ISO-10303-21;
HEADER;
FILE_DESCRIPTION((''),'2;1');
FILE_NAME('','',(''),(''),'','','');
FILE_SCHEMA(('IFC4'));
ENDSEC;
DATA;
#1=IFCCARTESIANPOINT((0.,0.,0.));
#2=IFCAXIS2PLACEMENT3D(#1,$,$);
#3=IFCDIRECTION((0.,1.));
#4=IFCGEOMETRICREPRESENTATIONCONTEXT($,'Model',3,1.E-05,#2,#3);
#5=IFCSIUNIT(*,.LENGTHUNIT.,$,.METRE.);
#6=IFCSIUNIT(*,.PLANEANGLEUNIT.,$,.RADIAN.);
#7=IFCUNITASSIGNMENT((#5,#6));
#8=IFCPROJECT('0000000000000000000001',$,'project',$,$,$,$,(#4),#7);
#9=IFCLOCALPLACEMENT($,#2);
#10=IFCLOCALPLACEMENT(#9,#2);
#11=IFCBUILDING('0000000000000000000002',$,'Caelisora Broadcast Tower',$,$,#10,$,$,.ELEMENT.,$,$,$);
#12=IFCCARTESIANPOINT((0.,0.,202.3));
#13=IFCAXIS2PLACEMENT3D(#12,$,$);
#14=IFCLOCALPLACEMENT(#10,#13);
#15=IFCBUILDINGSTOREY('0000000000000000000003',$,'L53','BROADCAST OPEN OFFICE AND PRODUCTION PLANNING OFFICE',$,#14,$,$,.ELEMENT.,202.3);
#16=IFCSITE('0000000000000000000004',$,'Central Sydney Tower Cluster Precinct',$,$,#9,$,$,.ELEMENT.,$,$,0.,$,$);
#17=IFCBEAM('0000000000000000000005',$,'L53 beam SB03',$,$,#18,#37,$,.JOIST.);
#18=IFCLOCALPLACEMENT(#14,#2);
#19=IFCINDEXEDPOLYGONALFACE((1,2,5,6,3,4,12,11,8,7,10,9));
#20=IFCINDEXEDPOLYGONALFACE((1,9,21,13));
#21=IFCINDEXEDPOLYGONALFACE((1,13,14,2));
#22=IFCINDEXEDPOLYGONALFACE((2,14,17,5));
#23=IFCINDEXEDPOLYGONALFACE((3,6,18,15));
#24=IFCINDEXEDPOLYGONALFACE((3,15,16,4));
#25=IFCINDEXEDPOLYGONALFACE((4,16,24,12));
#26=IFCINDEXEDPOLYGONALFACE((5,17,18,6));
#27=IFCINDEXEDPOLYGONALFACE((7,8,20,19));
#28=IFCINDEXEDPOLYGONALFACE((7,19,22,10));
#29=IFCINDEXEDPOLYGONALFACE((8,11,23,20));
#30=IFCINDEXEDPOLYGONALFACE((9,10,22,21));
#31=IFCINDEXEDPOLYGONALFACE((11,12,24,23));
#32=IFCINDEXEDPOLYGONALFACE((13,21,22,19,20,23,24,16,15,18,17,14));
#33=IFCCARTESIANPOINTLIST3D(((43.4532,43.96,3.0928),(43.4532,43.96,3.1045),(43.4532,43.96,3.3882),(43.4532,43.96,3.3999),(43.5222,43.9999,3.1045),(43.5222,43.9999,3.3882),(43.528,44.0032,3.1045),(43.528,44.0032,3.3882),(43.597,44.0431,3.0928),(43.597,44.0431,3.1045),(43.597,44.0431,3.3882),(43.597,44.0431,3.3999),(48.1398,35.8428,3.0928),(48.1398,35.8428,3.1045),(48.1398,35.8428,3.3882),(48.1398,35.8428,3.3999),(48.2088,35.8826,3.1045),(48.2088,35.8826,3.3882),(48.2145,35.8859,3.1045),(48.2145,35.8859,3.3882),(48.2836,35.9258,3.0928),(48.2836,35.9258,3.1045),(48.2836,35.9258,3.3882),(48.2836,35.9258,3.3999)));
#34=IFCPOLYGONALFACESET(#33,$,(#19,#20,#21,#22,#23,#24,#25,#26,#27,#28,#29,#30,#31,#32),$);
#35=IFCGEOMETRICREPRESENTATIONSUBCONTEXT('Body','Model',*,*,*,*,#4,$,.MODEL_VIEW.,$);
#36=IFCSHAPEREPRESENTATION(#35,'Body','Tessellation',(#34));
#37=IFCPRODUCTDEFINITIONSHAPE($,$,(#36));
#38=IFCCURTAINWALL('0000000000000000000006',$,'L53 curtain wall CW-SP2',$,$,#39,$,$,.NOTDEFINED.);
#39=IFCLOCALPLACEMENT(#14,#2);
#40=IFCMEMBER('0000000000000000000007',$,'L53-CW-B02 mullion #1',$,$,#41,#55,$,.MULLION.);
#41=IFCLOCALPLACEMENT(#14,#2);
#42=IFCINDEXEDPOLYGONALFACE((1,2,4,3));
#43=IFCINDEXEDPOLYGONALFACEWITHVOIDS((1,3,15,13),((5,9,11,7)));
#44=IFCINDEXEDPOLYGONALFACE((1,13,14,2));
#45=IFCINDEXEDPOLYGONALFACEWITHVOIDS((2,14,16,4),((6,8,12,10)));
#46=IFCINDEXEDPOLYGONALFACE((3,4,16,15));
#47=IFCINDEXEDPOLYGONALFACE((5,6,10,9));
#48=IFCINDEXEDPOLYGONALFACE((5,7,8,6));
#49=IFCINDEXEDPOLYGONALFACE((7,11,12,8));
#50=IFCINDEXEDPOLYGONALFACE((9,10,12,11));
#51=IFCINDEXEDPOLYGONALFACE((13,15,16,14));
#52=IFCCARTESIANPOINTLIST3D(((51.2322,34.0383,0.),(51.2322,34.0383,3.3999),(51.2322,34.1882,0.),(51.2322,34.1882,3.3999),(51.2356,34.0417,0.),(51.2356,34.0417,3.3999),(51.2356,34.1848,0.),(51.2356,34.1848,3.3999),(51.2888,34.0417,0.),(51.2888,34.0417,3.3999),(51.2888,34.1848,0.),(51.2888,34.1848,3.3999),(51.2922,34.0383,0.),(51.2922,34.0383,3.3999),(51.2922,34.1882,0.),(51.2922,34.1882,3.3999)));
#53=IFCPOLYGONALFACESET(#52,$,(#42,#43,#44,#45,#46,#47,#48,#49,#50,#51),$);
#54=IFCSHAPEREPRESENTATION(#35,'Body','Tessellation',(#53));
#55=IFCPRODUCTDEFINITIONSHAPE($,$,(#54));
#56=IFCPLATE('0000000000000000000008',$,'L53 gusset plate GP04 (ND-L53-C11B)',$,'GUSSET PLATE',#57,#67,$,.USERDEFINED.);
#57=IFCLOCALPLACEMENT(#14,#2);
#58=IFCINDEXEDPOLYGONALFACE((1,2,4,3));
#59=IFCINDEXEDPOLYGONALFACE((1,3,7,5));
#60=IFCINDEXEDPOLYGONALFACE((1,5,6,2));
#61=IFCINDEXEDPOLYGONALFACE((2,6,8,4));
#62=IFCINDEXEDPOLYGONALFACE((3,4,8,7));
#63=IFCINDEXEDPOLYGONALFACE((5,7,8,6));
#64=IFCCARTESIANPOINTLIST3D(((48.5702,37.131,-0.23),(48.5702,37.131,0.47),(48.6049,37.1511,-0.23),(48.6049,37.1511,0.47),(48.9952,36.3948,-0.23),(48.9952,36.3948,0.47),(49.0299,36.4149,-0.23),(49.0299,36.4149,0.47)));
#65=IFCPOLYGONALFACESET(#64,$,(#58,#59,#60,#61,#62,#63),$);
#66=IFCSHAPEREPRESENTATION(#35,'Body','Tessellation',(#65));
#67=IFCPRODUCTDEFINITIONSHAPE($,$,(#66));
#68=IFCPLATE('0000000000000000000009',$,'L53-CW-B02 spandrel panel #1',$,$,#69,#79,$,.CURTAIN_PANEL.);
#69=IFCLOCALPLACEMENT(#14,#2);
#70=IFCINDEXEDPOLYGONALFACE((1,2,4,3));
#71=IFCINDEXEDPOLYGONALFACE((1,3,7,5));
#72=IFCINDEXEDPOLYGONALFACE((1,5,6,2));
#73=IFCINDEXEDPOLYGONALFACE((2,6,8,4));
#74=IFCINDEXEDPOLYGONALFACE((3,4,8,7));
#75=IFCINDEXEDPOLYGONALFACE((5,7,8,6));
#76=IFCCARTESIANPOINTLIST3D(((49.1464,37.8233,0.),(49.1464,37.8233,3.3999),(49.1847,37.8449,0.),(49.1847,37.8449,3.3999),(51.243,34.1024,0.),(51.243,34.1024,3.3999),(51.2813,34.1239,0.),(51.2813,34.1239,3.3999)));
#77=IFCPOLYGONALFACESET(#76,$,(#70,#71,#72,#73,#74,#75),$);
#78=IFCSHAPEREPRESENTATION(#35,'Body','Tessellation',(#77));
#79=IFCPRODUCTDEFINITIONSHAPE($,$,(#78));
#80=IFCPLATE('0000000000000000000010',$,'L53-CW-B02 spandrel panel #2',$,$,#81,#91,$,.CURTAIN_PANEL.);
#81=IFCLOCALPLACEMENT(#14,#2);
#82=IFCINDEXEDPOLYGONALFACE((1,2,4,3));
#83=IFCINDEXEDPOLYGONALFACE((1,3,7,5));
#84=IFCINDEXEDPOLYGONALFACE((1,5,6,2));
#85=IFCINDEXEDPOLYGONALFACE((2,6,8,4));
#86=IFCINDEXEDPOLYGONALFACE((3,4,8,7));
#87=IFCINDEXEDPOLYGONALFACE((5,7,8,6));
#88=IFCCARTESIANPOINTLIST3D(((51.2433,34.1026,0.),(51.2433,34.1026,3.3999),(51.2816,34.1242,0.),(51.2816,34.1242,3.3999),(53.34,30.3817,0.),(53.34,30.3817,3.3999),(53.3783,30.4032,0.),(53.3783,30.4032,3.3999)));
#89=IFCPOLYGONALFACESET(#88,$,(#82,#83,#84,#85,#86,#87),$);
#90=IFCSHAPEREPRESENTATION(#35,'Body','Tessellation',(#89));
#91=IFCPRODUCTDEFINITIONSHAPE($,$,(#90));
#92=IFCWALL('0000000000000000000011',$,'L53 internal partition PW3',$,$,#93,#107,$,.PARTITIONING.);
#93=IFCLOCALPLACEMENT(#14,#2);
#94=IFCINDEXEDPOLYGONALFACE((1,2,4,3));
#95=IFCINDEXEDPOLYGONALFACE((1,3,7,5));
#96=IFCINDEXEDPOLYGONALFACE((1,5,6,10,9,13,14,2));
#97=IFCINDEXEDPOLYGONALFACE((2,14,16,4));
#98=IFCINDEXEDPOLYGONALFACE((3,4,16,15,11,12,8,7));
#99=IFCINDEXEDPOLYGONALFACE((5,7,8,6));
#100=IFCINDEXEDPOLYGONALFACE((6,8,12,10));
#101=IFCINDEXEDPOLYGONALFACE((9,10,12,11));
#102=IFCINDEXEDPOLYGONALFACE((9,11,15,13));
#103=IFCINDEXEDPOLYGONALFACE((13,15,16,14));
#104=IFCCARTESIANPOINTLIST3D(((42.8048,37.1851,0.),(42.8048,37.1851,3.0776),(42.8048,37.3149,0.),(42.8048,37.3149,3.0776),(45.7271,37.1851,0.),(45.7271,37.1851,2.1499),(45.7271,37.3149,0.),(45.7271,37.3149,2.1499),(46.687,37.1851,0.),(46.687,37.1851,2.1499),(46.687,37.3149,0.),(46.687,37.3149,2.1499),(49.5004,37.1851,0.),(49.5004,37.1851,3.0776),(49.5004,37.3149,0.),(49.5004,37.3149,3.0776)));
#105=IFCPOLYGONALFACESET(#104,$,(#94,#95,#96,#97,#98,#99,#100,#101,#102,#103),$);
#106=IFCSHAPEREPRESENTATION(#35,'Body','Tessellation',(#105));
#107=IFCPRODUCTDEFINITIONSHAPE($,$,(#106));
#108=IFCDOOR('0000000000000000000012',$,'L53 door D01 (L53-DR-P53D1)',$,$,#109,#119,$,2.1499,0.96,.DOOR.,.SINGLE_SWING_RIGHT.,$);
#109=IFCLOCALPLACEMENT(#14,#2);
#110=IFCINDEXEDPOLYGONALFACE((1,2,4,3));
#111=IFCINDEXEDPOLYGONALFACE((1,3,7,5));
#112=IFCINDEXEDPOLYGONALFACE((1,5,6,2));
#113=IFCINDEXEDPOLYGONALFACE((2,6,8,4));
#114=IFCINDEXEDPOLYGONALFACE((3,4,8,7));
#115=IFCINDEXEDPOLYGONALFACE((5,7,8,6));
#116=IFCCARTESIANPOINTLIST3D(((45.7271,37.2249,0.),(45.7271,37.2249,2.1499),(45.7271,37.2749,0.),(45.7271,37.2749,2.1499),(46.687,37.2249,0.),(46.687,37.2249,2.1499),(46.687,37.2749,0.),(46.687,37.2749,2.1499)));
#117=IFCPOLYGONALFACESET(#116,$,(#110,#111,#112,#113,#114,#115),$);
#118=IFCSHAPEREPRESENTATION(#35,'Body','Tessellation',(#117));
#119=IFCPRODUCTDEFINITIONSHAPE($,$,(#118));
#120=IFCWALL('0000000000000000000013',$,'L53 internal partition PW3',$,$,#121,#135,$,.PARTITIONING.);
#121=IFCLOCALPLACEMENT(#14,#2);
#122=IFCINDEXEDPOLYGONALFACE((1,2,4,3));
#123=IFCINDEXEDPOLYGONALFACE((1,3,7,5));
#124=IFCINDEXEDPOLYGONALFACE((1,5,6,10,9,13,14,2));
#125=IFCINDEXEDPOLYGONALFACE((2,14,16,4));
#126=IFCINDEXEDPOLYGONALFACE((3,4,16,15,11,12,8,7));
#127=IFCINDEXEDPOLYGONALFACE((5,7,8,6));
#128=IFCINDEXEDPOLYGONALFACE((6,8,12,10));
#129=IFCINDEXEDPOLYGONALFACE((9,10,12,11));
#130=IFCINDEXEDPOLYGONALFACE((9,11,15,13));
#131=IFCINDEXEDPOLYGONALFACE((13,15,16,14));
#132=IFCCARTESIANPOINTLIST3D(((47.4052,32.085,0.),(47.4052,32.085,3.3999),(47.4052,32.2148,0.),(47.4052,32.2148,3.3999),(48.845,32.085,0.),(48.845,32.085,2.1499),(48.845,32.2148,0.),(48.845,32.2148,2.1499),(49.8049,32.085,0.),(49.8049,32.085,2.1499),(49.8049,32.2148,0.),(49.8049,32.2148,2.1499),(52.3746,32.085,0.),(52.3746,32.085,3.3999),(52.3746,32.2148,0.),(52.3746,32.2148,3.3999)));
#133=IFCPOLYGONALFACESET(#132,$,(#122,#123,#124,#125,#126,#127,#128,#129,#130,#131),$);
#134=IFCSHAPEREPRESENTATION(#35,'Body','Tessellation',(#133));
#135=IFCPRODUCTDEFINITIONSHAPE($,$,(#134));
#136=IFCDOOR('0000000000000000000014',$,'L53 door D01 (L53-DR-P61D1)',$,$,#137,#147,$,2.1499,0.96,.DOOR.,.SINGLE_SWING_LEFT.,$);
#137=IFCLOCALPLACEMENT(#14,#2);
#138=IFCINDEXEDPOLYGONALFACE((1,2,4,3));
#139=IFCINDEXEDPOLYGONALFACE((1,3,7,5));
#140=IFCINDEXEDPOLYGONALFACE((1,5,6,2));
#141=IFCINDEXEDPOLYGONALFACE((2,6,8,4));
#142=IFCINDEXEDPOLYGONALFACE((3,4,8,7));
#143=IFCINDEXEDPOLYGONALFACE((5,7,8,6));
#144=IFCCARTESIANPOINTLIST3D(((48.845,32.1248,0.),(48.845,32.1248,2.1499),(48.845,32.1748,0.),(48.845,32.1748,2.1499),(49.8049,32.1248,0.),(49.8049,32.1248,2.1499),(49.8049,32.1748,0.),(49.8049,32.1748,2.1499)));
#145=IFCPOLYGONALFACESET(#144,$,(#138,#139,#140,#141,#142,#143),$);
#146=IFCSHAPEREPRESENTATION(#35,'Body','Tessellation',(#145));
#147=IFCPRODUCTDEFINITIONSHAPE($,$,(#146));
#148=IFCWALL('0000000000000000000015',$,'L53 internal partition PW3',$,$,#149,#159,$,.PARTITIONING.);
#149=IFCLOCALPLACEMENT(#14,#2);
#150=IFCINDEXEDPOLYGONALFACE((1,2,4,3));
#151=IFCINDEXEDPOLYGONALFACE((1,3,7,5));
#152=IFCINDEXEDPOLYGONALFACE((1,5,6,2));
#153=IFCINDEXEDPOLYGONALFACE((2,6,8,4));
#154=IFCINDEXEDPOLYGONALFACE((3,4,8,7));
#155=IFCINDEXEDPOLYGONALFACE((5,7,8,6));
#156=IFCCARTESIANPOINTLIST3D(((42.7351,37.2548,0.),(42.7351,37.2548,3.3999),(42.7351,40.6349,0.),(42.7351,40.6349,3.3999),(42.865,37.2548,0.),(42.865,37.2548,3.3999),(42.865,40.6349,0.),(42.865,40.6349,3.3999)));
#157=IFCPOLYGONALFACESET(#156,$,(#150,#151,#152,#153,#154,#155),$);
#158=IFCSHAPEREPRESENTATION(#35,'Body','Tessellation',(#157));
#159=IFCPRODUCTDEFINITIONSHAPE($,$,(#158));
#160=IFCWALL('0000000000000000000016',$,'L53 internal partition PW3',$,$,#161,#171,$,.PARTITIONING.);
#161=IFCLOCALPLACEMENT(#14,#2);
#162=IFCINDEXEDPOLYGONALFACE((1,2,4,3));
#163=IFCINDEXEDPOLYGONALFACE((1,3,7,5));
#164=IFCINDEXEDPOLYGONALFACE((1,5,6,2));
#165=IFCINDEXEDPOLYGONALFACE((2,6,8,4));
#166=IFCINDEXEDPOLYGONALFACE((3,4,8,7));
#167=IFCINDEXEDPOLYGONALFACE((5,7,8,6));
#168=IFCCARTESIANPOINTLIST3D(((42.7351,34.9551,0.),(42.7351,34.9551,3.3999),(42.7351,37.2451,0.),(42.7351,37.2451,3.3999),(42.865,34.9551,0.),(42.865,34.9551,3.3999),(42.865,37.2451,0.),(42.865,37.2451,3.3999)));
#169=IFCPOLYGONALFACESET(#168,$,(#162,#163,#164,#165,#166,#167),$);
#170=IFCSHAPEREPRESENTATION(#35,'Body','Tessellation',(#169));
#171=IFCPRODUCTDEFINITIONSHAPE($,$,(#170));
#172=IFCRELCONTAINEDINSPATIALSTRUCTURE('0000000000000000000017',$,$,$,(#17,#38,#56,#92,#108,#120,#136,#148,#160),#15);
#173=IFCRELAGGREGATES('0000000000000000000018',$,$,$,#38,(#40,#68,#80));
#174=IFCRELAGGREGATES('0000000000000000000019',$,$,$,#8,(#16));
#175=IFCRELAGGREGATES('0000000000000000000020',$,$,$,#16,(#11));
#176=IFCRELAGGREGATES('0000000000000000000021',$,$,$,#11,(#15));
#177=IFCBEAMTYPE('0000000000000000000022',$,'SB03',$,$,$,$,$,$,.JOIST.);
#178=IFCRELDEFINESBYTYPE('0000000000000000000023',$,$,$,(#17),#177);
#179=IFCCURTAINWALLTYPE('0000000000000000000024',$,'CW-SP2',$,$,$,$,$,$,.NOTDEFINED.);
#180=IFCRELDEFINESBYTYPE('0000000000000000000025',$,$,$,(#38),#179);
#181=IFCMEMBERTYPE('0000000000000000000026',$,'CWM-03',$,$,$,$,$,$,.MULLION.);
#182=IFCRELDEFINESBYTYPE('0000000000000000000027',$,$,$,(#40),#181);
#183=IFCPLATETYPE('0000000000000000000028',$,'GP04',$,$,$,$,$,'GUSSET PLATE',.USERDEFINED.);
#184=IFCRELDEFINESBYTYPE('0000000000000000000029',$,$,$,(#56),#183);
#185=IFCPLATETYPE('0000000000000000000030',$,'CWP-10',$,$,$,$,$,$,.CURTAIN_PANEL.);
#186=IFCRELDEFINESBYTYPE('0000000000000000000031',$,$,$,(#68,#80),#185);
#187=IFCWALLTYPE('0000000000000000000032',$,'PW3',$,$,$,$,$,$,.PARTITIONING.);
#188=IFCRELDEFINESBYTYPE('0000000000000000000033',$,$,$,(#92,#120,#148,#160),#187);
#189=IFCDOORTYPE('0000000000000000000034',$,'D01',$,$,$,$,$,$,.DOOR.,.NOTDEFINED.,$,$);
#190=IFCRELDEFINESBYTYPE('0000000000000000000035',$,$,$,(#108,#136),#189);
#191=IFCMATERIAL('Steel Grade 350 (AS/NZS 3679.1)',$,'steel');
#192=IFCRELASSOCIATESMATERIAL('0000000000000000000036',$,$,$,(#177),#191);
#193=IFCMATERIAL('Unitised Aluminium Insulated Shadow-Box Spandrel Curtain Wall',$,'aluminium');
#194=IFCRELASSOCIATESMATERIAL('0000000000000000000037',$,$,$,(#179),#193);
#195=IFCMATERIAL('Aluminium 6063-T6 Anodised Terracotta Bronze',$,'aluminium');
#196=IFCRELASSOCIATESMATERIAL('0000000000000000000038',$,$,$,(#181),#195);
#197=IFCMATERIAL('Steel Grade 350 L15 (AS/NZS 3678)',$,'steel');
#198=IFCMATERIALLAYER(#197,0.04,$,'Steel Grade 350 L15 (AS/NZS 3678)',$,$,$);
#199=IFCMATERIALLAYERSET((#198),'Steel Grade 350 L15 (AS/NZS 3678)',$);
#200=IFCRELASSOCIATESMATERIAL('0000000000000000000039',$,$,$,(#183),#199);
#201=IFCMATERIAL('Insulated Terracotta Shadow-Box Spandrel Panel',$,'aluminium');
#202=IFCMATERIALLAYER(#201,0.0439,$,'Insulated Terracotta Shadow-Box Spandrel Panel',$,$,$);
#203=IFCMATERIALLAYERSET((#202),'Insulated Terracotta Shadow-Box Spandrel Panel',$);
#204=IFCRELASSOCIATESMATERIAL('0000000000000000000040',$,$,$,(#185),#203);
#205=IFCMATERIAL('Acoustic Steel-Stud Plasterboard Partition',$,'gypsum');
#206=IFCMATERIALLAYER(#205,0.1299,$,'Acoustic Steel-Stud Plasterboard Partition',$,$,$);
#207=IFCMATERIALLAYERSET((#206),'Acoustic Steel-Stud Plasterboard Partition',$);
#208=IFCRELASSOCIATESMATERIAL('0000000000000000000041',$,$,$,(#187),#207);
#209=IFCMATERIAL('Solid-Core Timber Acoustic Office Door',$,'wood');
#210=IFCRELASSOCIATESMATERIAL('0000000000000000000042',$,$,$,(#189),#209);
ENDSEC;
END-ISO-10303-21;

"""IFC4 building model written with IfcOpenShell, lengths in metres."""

from ifc_helpers import new_model, si_unit, direction, frame, frame_2d, origin, origin_2d, place, context, subcontext, project, spatial, rectangle, hollow_rectangle, i_section, extrude, source, transform, mapped, material, layer, layer_set, material_profile, profile_set, type_object, type_shapes, element, fill, aggregate, save


model = new_model("IFC4")

# Units and contexts
model_context = context("Model", 3, precision=1e-05, world=origin(), true_north=direction((0.0, 1.0)))
body_context = subcontext(model_context, "Body", "Model", "MODEL_VIEW")
ifc_project = project(units=[si_unit("LENGTHUNIT", "METRE"), si_unit("PLANEANGLEUNIT", "RADIAN")], contexts=[model_context])

# Site, building, storey
site_placement = place(None, origin())
site = spatial("IfcSite", under=ifc_project, at=site_placement, Name="Central Sydney Tower Cluster Precinct", CompositionType="ELEMENT", RefElevation=0.0)
building_placement = place(site_placement, origin())
building = spatial("IfcBuilding", under=site, at=building_placement, Name="Caelisora Broadcast Tower", CompositionType="ELEMENT")
storey_placement = place(building_placement, frame((0.0, 0.0, 202.3)))
storey = spatial("IfcBuildingStorey", under=building, at=storey_placement, Name="L53", Description="BROADCAST OPEN OFFICE AND PRODUCTION PLANNING OFFICE", CompositionType="ELEMENT", Elevation=202.3)

# Shared definitions
ifc_material_1 = material(Name="Steel Grade 350 L15 (AS/NZS 3678)", Category="steel")

# Beam
ifc_material_2 = material(Name="Steel Grade 350 (AS/NZS 3679.1)", Category="steel")
ifc_material_profile_1 = material_profile(ifc_material_2, i_section(OverallWidth=0.166, OverallDepth=0.3071, WebThickness=0.0066, FlangeThickness=0.0117, at=origin_2d()), Name="Steel Grade 350 (AS/NZS 3679.1)")
ifc_profile_set_1 = profile_set([ifc_material_profile_1], Name="Steel Grade 350 (AS/NZS 3679.1)")
beam_type_1 = type_object("IfcBeamType", Name="SB03", PredefinedType="JOIST", material=ifc_profile_set_1)
shared_shape_1 = source(origin(), body_context, "Body", "SweptSolid", [
    extrude(i_section(OverallWidth=0.166, OverallDepth=0.3071, WebThickness=0.0066, FlangeThickness=0.0117, at=origin_2d()), origin(), (0.0, 0.0, 1.0), 9.373),
])
beam_1_placement = place(storey_placement, frame((48.2117, 35.8843, 3.2463), z_axis=(-0.500005, 0.866022, 0.0), x_axis=(-0.866022, -0.500005, 0.0)))
element("IfcBeam", 1, at=beam_1_placement, inside=storey, type_object=beam_type_1, Name="L53 beam SB03", PredefinedType="JOIST", context=body_context, shape_type="MappedRepresentation", body=[
    mapped(shared_shape_1, transform((0.0, 0.0, 0.0), scale=1.0)),
])

# Curtain wall, member
ifc_material_3 = material(Name="Unitised Aluminium Insulated Shadow-Box Spandrel Curtain Wall", Category="aluminium")
curtain_wall_type = type_object("IfcCurtainWallType", Name="CW-SP2", PredefinedType="NOTDEFINED", material=ifc_material_3)
curtain_wall_placement = place(storey_placement, origin())
curtain_wall = element("IfcCurtainWall", 2, at=curtain_wall_placement, inside=storey, type_object=curtain_wall_type, Name="L53 curtain wall CW-SP2", PredefinedType="NOTDEFINED")
ifc_material_4 = material(Name="Aluminium 6063-T6 Anodised Terracotta Bronze", Category="aluminium")
ifc_material_profile_2 = material_profile(ifc_material_4, hollow_rectangle(XDim=0.0601, YDim=0.1499, WallThickness=0.0034, at=origin_2d()), Name="Aluminium 6063-T6 Anodised Terracotta Bronze")
ifc_profile_set_2 = profile_set([ifc_material_profile_2], Name="Aluminium 6063-T6 Anodised Terracotta Bronze")
member_type = type_object("IfcMemberType", Name="CWM-03", PredefinedType="MULLION", material=ifc_profile_set_2)
shared_shape_2 = source(origin(), body_context, "Body", "SweptSolid", [
    extrude(hollow_rectangle(XDim=0.0601, YDim=0.1499, WallThickness=0.0034, at=origin_2d()), origin(), (0.0, 0.0, 1.0), 3.3999),
])
type_shapes(member_type, [shared_shape_2])
member_placement = place(storey_placement, frame((51.2622, 34.1133, 0.0), z_axis=(0.0, 0.0, 1.0), x_axis=(1.0, 0.0, 0.0)))
member = element("IfcMember", 3, at=member_placement, type_object=member_type, Name="L53-CW-B02 mullion #1", PredefinedType="MULLION", context=body_context, shape_type="MappedRepresentation", body=[
    mapped(shared_shape_2, transform((0.0, 0.0, 0.0), scale=1.0)),
])

# Plates
ifc_layer_1 = layer(ifc_material_1, 0.04, Name="Steel Grade 350 L15 (AS/NZS 3678)")
ifc_layer_set_1 = layer_set([ifc_layer_1], Name="Steel Grade 350 L15 (AS/NZS 3678)")
plate_type_1 = type_object("IfcPlateType", Name="GP04", ElementType="GUSSET PLATE", PredefinedType="USERDEFINED", material=ifc_layer_set_1)
shared_shape_3 = source(origin(), body_context, "Body", "SweptSolid", [
    extrude(rectangle(XDim=0.8501, YDim=0.04, at=origin_2d()), origin(), (0.0, 0.0, 1.0), 0.7),
])
type_shapes(plate_type_1, [shared_shape_3])
plate_1_placement = place(storey_placement, frame((48.8, 36.7729, -0.23), z_axis=(0.0, 0.0, 1.0), x_axis=(-0.5, 0.866025, 0.0)))
element("IfcPlate", 4, at=plate_1_placement, inside=storey, type_object=plate_type_1, Name="L53 gusset plate GP04 (ND-L53-C11B)", ObjectType="GUSSET PLATE", PredefinedType="USERDEFINED", context=body_context, shape_type="MappedRepresentation", body=[
    mapped(shared_shape_3, transform((0.0, 0.0, 0.0), scale=1.0)),
])
ifc_material_5 = material(Name="Insulated Terracotta Shadow-Box Spandrel Panel", Category="aluminium")
ifc_layer_2 = layer(ifc_material_5, 0.0439, Name="Insulated Terracotta Shadow-Box Spandrel Panel")
ifc_layer_set_2 = layer_set([ifc_layer_2], Name="Insulated Terracotta Shadow-Box Spandrel Panel")
plate_type_2 = type_object("IfcPlateType", Name="CWP-10", PredefinedType="CURTAIN_PANEL", material=ifc_layer_set_2)
shared_shape_4 = source(origin(), body_context, "Body", "SweptSolid", [
    extrude(rectangle(XDim=4.271, YDim=0.0439, at=origin_2d()), origin(), (0.0, 0.0, 1.0), 3.3999),
])
type_shapes(plate_type_2, [shared_shape_4])
plate_2_placement = place(storey_placement, frame((50.2139, 35.9736, 0.0), z_axis=(0.0, 0.0, 1.0), x_axis=(0.490904, -0.871214, 0.0)))
plate_2 = element("IfcPlate", 5, at=plate_2_placement, type_object=plate_type_2, Name="L53-CW-B02 spandrel panel #1", PredefinedType="CURTAIN_PANEL", context=body_context, shape_type="MappedRepresentation", body=[
    mapped(shared_shape_4, transform((0.0, 0.0, 0.0), scale=1.0)),
])
plate_3_placement = place(storey_placement, frame((52.3108, 32.2529, 0.0), z_axis=(0.0, 0.0, 1.0), x_axis=(0.490904, -0.871214, 0.0)))
plate_3 = element("IfcPlate", 6, at=plate_3_placement, type_object=plate_type_2, Name="L53-CW-B02 spandrel panel #2", PredefinedType="CURTAIN_PANEL", context=body_context, shape_type="MappedRepresentation", body=[
    mapped(shared_shape_4, transform((0.0, 0.0, 0.0), scale=1.0)),
])
aggregate(curtain_wall, [member, plate_2, plate_3])

# Walls, openings, doors
ifc_material_6 = material(Name="Acoustic Steel-Stud Plasterboard Partition", Category="gypsum")
ifc_layer_3 = layer(ifc_material_6, 0.1299, Name="Acoustic Steel-Stud Plasterboard Partition")
ifc_layer_set_3 = layer_set([ifc_layer_3], Name="Acoustic Steel-Stud Plasterboard Partition")
wall_type_1 = type_object("IfcWallType", Name="PW3", PredefinedType="PARTITIONING", material=ifc_layer_set_3)
wall_1_placement = place(storey_placement, frame((42.8049, 37.25, 0.0), z_axis=(0.0, 0.0, 1.0), x_axis=(1.0, 0.0, 0.0)))
wall_1 = element("IfcWall", 7, at=wall_1_placement, inside=storey, type_object=wall_type_1, Name="L53 internal partition PW3", PredefinedType="PARTITIONING", context=body_context, shape_type="SweptSolid", body=[
    extrude(rectangle(XDim=6.6956, YDim=0.1299, at=frame_2d((3.3477, 0.0))), origin(), (0.0, 0.0, 1.0), 3.0776),
])
opening_1_placement = place(wall_1_placement, frame((2.9221, 0.0, 0.0)))
opening_1 = element("IfcOpeningElement", 8, at=opening_1_placement, cuts=wall_1, PredefinedType="OPENING", context=body_context, shape_type="SweptSolid", body=[
    extrude(rectangle(XDim=0.96, YDim=2.1499, at=frame_2d((0.48, 1.075))), frame((0.0, 0.0769, 0.0), z_axis=(0.0, -1.0, 0.0), x_axis=(1.0, 0.0, 0.0)), (0.0, 0.0, 1.0), 0.1538),
])
ifc_material_7 = material(Name="Solid-Core Timber Acoustic Office Door", Category="wood")
door_type = type_object("IfcDoorType", Name="D01", OperationType="NOTDEFINED", PredefinedType="DOOR", material=ifc_material_7)
door_1_placement = place(opening_1_placement, origin())
door_1 = element("IfcDoor", 9, at=door_1_placement, inside=storey, type_object=door_type, Name="L53 door D01 (L53-DR-P53D1)", OperationType="SINGLE_SWING_RIGHT", OverallHeight=2.1499, OverallWidth=0.96, PredefinedType="DOOR", context=body_context, shape_type="SweptSolid", body=[
    extrude(rectangle(XDim=0.96, YDim=2.1499, at=frame_2d((0.48, 1.075))), frame((0.0, 0.0249, 0.0), z_axis=(0.0, -1.0, 0.0), x_axis=(1.0, 0.0, 0.0)), (0.0, 0.0, 1.0), 0.05),
])
fill(opening_1, door_1)
wall_2_placement = place(storey_placement, frame((47.405, 32.1499, 0.0), z_axis=(0.0, 0.0, 1.0), x_axis=(1.0, 0.0, 0.0)))
wall_2 = element("IfcWall", 10, at=wall_2_placement, inside=storey, type_object=wall_type_1, Name="L53 internal partition PW3", PredefinedType="PARTITIONING", context=body_context, shape_type="SweptSolid", body=[
    extrude(rectangle(XDim=4.9695, YDim=0.1299, at=frame_2d((2.4849, 0.0))), origin(), (0.0, 0.0, 1.0), 3.3999),
])
opening_2_placement = place(wall_2_placement, frame((1.4399, 0.0, 0.0)))
opening_2 = element("IfcOpeningElement", 11, at=opening_2_placement, cuts=wall_2, PredefinedType="OPENING", context=body_context, shape_type="SweptSolid", body=[
    extrude(rectangle(XDim=0.96, YDim=2.1499, at=frame_2d((0.48, 1.075))), frame((0.0, 0.0769, 0.0), z_axis=(0.0, -1.0, 0.0), x_axis=(1.0, 0.0, 0.0)), (0.0, 0.0, 1.0), 0.1538),
])
door_2_placement = place(opening_2_placement, origin())
door_2 = element("IfcDoor", 12, at=door_2_placement, inside=storey, type_object=door_type, Name="L53 door D01 (L53-DR-P61D1)", OperationType="SINGLE_SWING_LEFT", OverallHeight=2.1499, OverallWidth=0.96, PredefinedType="DOOR", context=body_context, shape_type="SweptSolid", body=[
    extrude(rectangle(XDim=0.96, YDim=2.1499, at=frame_2d((0.48, 1.075))), frame((0.0, 0.0249, 0.0), z_axis=(0.0, -1.0, 0.0), x_axis=(1.0, 0.0, 0.0)), (0.0, 0.0, 1.0), 0.05),
])
fill(opening_2, door_2)

# Walls
wall_3_placement = place(storey_placement, frame((42.8, 37.2549, 0.0), z_axis=(0.0, 0.0, 1.0), x_axis=(0.0, 1.0, 0.0)))
element("IfcWall", 13, at=wall_3_placement, inside=storey, type_object=wall_type_1, Name="L53 internal partition PW3", PredefinedType="PARTITIONING", context=body_context, shape_type="SweptSolid", body=[
    extrude(rectangle(XDim=3.3801, YDim=0.1299, at=frame_2d((1.6899, 0.0))), origin(), (0.0, 0.0, 1.0), 3.3999),
])
wall_4_placement = place(storey_placement, frame((42.8, 34.9551, 0.0), z_axis=(0.0, 0.0, 1.0), x_axis=(0.0, 1.0, 0.0)))
element("IfcWall", 14, at=wall_4_placement, inside=storey, type_object=wall_type_1, Name="L53 internal partition PW3", PredefinedType="PARTITIONING", context=body_context, shape_type="SweptSolid", body=[
    extrude(rectangle(XDim=2.29, YDim=0.1299, at=frame_2d((1.145, 0.0))), origin(), (0.0, 0.0, 1.0), 3.3999),
])

save(model, "model.ifc")
